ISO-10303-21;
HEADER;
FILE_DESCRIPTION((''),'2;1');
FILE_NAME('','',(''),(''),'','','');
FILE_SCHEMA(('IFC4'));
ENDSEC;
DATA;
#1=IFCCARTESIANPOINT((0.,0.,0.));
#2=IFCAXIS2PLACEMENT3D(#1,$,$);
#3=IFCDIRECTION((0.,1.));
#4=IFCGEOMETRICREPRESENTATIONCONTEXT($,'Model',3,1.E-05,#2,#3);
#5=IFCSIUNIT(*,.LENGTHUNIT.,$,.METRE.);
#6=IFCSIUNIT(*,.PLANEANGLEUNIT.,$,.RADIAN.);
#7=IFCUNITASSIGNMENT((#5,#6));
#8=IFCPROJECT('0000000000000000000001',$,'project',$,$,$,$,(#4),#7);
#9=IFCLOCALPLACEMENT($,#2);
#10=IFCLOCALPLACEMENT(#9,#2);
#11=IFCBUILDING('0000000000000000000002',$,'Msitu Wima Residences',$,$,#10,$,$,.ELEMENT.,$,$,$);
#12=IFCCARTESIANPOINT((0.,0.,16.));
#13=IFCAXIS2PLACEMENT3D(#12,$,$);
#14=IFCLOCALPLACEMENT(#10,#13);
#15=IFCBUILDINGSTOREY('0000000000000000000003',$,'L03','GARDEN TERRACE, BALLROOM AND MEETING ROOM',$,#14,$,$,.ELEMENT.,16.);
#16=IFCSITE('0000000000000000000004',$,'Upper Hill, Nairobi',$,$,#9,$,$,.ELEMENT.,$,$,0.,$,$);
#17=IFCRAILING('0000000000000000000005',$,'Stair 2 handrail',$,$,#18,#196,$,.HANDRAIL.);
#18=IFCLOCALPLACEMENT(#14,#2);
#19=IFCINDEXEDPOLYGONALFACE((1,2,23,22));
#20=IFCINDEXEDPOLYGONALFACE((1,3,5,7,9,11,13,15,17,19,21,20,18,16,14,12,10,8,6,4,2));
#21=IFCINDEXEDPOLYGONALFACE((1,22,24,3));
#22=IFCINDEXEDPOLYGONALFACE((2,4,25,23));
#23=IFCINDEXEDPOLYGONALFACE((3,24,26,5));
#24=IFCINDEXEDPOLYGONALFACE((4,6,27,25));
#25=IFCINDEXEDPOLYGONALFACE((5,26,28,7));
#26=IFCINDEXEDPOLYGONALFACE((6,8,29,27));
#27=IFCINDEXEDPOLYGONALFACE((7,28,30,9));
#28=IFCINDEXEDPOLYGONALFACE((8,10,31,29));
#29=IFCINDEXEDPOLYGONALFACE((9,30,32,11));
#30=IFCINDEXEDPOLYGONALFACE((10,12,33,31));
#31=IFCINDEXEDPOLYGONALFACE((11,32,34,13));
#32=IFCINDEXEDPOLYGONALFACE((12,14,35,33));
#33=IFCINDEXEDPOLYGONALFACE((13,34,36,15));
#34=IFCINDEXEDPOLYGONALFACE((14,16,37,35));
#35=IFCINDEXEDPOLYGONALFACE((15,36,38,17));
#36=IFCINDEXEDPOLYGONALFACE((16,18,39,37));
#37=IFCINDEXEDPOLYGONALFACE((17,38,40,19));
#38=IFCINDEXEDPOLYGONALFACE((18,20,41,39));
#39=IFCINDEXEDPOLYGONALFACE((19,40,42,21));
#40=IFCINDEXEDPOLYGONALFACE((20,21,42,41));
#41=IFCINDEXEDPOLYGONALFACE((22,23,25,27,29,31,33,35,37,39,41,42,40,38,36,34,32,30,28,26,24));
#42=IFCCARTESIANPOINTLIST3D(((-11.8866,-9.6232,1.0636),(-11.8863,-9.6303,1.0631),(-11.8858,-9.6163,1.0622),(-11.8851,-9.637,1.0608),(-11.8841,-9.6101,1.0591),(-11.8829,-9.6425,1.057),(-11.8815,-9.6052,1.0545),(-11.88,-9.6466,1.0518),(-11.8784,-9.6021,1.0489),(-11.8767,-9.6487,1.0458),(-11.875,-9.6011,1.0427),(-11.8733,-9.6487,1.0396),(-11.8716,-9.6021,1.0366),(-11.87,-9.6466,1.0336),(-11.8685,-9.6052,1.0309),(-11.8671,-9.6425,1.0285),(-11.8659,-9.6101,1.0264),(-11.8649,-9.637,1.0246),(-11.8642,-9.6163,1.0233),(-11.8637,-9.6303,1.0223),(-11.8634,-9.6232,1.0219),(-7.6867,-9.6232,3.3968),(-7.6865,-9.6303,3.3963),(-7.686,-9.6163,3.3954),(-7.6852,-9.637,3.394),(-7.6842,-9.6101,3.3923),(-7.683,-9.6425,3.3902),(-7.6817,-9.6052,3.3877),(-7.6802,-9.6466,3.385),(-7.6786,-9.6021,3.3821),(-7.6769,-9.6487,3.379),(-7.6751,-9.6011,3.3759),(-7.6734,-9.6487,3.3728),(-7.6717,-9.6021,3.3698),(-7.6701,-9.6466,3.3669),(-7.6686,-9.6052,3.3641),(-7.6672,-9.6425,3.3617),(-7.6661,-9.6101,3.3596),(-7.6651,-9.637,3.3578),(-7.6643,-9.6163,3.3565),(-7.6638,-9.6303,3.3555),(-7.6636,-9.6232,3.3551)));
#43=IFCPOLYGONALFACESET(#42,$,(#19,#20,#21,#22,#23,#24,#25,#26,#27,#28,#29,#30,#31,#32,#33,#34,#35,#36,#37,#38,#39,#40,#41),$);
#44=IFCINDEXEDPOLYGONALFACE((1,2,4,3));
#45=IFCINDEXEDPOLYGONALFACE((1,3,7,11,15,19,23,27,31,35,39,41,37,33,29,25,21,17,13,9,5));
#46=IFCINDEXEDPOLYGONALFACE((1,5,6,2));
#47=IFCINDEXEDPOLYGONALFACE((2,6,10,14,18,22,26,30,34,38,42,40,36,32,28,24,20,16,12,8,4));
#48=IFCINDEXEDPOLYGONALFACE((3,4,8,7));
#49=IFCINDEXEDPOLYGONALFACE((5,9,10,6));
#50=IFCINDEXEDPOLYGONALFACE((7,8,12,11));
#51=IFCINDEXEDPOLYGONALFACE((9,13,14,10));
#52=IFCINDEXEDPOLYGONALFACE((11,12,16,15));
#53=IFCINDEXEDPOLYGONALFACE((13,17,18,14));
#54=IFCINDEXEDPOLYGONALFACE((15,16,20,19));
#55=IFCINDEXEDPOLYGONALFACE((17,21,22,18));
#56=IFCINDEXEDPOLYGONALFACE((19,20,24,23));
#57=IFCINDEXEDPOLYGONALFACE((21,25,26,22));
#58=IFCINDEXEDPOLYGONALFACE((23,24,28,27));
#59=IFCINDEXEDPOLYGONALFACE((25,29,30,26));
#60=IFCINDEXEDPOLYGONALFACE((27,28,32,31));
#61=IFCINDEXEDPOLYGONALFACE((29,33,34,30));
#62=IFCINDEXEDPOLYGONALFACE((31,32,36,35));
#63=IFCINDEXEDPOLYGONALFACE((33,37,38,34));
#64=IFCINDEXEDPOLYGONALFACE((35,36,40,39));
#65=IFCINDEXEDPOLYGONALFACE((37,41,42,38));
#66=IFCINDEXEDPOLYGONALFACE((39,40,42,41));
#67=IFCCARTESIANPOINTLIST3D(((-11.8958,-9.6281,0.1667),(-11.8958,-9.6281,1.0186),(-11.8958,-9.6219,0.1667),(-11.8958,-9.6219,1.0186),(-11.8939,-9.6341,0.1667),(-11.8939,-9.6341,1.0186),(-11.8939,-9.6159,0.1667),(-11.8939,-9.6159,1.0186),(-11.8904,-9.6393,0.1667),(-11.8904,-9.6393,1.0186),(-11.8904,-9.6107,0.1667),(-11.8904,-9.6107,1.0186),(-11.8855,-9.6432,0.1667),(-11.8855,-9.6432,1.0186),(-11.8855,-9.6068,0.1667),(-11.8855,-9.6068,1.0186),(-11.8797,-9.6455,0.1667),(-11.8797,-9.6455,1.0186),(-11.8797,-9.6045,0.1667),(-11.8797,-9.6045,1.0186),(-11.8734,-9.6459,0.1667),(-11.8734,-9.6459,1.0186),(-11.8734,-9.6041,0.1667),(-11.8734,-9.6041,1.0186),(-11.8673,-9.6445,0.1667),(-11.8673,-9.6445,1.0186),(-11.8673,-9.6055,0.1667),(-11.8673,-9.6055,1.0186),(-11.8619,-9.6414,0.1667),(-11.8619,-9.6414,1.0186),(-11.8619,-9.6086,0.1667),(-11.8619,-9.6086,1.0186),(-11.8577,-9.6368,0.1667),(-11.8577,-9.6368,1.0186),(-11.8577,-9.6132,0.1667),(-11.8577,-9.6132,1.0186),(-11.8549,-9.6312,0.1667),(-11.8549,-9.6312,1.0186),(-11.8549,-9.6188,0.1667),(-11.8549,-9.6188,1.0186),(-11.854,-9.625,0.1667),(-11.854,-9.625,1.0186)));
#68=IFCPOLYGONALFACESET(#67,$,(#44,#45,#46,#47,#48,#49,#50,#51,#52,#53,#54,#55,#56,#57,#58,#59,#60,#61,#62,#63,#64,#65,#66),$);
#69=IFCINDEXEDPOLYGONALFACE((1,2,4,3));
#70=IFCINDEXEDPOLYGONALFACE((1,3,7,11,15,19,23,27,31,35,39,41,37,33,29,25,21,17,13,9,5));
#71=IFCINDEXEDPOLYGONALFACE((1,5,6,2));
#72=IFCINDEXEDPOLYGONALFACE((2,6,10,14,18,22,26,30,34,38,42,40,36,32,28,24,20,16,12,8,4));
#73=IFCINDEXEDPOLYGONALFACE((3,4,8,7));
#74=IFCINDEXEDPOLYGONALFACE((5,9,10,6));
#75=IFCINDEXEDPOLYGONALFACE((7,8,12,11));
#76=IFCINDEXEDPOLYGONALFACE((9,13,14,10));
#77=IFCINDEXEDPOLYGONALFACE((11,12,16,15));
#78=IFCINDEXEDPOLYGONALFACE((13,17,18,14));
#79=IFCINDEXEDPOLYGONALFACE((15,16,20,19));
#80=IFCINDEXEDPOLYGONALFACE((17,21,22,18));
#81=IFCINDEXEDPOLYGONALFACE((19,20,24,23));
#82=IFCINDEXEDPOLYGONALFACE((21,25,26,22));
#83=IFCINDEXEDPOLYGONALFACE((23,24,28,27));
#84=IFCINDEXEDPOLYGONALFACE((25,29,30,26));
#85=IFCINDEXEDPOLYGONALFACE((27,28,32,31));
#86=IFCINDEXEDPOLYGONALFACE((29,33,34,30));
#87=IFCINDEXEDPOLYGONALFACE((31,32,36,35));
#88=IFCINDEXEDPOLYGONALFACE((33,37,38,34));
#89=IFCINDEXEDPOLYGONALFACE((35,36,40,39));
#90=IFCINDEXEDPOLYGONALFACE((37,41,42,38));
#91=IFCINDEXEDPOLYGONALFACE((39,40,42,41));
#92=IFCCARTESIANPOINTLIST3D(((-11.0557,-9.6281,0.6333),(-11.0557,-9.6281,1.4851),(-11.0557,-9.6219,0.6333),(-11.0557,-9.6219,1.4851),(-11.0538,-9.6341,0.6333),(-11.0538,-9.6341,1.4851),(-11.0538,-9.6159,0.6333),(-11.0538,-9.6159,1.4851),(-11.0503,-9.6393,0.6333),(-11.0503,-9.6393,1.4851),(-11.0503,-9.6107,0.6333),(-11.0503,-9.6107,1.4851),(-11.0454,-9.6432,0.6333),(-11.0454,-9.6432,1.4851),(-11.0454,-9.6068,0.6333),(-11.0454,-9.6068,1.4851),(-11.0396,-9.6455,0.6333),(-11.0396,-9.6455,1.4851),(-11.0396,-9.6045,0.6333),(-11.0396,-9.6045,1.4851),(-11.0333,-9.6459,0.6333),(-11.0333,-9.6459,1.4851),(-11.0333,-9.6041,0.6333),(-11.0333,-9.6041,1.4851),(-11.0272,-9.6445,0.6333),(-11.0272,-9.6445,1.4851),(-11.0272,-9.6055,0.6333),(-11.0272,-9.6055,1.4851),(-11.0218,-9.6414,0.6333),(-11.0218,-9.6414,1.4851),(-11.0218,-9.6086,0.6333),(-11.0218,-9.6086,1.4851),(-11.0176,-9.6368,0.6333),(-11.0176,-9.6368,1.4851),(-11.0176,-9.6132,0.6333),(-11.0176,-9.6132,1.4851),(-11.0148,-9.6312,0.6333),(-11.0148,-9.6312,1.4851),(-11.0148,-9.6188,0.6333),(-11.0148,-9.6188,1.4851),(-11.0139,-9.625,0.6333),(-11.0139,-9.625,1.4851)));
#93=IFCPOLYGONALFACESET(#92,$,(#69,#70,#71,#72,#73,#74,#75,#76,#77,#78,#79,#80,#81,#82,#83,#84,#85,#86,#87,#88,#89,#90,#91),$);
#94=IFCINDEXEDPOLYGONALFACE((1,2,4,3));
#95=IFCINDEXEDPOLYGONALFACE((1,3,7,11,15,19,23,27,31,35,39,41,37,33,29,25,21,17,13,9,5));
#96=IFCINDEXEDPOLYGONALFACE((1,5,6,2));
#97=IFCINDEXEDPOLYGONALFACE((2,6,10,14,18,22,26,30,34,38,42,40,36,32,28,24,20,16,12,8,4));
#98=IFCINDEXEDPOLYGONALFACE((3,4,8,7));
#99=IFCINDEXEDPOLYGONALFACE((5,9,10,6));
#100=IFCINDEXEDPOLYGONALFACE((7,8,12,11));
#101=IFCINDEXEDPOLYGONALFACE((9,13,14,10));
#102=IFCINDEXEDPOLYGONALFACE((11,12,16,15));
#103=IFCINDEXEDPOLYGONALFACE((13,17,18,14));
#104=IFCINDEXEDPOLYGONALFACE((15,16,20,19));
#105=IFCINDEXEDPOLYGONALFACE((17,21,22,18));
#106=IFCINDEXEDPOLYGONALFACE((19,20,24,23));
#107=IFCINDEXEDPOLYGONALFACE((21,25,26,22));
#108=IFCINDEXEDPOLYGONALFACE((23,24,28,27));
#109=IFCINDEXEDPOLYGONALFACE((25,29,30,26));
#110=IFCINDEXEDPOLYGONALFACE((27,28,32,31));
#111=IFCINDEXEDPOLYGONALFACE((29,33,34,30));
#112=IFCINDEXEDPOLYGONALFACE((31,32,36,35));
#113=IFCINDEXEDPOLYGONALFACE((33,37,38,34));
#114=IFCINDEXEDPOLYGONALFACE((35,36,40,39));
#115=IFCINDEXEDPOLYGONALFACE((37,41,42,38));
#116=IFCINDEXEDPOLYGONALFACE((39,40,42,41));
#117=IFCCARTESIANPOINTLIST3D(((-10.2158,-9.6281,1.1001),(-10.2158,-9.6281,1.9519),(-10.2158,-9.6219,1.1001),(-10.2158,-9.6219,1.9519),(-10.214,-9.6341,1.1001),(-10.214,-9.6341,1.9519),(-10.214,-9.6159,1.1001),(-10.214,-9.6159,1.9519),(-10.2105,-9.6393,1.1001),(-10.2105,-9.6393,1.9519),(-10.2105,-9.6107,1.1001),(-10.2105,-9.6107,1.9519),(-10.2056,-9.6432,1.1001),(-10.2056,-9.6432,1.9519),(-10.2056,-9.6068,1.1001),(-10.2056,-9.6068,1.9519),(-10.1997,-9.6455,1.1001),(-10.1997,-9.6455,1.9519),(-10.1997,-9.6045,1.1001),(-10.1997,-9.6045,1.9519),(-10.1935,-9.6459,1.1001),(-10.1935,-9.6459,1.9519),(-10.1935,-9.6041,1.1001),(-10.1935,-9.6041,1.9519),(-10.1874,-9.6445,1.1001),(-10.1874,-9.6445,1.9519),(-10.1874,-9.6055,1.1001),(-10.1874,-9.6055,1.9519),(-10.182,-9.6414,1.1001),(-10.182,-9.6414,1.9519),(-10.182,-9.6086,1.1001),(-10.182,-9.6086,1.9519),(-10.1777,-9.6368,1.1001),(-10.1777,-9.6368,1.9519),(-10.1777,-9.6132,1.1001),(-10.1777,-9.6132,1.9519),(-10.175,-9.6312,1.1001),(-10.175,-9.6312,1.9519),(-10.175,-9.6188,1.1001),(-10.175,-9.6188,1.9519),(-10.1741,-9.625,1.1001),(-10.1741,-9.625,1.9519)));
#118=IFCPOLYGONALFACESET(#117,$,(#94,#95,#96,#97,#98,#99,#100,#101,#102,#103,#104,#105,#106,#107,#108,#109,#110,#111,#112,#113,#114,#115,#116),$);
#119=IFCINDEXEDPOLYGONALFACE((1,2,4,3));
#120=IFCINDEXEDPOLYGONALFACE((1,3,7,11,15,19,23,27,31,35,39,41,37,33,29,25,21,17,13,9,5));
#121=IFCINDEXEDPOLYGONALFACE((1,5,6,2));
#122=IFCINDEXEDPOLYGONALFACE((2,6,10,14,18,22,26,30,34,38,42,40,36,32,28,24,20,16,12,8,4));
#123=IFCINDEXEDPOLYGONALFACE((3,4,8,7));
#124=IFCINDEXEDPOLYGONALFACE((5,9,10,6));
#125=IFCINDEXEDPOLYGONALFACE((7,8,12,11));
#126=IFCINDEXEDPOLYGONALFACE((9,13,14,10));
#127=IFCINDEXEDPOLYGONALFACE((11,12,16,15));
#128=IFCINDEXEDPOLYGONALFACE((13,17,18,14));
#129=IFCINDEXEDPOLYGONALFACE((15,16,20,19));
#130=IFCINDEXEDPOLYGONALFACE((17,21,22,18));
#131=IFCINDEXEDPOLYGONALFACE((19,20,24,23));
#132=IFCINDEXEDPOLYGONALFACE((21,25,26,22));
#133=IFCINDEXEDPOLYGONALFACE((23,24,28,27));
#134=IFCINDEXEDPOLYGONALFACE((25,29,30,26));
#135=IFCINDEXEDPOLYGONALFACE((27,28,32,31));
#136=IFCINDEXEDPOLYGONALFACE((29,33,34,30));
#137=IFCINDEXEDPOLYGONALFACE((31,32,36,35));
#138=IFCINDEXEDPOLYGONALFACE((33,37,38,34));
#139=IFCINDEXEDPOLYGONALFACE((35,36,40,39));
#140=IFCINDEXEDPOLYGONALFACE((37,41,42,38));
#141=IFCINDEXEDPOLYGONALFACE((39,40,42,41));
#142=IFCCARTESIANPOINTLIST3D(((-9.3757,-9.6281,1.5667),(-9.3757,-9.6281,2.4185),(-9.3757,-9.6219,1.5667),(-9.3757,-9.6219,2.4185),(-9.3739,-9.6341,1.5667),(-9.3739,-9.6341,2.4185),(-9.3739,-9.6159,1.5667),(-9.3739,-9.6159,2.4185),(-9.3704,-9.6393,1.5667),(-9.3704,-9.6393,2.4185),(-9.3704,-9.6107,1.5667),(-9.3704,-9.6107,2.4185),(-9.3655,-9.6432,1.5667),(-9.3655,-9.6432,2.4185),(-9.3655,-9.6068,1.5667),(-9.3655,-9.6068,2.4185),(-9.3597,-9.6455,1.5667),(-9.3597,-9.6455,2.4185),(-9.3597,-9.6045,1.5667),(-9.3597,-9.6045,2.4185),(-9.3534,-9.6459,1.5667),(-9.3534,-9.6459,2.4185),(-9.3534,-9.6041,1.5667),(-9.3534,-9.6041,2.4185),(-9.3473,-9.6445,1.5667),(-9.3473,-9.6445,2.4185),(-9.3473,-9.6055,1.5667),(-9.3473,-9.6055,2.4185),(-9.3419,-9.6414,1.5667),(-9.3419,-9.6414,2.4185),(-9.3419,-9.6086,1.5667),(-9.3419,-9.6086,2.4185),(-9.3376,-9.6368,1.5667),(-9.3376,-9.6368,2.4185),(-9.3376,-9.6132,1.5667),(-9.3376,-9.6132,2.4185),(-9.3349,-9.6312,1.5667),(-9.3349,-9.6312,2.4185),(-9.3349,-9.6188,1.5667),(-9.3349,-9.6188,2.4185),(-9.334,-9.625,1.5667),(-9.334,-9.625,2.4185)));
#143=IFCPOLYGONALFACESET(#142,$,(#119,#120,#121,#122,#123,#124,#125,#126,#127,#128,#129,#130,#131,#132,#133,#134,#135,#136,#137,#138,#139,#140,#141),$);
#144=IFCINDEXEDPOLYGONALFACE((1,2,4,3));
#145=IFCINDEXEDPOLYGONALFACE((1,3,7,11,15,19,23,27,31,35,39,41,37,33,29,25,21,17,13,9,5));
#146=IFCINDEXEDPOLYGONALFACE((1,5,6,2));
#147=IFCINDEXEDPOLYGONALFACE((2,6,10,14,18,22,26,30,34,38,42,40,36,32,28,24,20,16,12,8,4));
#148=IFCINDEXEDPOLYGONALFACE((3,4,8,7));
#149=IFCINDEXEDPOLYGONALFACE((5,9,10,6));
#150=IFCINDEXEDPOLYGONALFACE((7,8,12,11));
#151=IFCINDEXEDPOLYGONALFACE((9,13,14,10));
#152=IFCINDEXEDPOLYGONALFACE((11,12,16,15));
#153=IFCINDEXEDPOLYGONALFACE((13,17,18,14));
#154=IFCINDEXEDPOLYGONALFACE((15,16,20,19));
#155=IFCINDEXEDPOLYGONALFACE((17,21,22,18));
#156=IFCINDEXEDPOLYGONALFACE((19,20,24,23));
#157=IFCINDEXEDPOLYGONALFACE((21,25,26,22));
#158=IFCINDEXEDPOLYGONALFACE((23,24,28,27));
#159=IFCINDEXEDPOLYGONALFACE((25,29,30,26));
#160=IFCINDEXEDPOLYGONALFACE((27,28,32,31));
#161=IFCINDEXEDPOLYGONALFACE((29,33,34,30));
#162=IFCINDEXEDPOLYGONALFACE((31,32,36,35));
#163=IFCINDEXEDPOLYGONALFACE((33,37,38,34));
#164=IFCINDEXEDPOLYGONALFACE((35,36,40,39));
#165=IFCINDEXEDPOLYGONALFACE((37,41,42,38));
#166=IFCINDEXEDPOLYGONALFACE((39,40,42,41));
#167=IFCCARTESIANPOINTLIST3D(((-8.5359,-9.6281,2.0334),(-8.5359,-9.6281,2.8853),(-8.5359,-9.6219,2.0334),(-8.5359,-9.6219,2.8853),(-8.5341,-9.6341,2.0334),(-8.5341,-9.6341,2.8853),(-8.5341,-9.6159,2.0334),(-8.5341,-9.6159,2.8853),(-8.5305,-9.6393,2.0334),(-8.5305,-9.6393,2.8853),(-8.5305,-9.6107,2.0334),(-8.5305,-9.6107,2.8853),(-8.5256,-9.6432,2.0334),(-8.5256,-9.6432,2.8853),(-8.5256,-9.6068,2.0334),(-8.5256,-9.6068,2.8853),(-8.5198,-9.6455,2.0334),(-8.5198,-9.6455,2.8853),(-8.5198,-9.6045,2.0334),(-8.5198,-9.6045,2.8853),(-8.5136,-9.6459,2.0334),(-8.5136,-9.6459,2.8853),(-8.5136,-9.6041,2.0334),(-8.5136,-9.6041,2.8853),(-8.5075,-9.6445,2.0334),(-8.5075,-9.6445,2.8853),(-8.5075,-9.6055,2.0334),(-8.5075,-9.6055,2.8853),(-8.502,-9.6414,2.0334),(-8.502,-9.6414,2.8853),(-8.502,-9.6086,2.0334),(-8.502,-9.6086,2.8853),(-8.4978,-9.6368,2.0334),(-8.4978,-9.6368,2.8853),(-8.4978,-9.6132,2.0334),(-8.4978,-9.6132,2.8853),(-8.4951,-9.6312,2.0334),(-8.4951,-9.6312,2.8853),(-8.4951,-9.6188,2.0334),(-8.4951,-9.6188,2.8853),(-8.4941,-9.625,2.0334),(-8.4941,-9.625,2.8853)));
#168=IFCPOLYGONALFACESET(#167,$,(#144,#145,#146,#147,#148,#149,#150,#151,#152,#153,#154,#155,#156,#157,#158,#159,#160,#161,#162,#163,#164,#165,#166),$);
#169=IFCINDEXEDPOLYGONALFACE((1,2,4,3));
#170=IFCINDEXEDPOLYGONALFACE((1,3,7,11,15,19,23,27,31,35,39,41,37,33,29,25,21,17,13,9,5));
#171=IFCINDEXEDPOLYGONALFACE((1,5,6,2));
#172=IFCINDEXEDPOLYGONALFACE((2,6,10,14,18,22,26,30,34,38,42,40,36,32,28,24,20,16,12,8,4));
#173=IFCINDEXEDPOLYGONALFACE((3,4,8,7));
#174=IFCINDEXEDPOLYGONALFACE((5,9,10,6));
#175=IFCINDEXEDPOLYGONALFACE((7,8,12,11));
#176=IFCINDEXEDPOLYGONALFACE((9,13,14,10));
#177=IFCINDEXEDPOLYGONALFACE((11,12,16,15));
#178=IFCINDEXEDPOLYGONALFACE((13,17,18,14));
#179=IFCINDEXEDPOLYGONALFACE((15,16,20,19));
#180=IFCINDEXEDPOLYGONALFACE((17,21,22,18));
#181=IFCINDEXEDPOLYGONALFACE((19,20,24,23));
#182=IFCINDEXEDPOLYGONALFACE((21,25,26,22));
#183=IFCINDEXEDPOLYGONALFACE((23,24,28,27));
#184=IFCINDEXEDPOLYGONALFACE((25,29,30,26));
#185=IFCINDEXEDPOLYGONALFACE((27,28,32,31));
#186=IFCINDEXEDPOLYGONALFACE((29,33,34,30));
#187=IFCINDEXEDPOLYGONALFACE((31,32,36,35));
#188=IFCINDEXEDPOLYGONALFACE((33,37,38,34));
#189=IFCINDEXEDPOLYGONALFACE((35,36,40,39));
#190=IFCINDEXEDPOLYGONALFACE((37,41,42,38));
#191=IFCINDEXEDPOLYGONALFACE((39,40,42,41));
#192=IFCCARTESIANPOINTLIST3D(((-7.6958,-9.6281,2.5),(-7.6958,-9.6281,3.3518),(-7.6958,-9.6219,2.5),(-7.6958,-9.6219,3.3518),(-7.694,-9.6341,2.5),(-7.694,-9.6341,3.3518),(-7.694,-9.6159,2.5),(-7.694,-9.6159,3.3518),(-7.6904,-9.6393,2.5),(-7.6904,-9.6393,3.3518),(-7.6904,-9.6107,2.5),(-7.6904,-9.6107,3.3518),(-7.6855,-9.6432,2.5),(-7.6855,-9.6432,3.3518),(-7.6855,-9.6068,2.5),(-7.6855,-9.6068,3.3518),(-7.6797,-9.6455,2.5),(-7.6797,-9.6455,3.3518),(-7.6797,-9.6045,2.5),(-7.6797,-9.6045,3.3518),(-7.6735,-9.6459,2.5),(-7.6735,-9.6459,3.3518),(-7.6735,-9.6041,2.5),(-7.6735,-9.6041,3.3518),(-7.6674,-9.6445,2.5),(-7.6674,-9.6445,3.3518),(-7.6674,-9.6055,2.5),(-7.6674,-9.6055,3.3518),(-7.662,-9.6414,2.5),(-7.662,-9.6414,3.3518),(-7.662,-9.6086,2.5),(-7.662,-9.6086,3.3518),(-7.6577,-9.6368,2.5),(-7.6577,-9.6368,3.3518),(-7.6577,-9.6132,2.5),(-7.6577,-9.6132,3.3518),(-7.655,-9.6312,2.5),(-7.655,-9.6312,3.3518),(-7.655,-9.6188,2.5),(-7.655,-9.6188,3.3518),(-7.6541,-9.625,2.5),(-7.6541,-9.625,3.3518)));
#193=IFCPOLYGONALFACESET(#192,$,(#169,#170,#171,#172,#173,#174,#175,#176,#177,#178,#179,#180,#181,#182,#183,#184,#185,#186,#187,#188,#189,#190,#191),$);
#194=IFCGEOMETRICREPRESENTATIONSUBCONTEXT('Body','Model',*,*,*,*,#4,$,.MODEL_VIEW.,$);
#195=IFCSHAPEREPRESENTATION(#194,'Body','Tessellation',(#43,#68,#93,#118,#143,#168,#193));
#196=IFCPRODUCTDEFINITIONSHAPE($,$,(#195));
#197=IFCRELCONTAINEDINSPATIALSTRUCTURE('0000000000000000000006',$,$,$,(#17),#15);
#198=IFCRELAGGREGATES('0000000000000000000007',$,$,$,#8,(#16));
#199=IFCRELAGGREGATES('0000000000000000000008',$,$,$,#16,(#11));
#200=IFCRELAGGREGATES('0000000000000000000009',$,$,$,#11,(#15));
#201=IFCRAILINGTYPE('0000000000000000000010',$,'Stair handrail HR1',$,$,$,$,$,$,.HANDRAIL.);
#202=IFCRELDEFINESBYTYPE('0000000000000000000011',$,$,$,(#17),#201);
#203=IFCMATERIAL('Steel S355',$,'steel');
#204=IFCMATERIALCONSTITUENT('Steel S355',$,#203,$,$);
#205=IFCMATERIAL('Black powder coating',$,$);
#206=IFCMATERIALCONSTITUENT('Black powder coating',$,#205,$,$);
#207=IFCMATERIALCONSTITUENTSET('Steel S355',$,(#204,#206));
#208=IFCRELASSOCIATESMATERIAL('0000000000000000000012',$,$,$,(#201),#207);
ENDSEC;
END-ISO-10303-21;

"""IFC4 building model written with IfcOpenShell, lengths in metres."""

from ifc_helpers import new_model, si_unit, direction, frame, origin, origin_2d, place, context, subcontext, project, spatial, circle, extrude, material, constituent, constituent_set, type_object, element, save


model = new_model("IFC4")

# Units and contexts
model_context = context("Model", 3, precision=1e-05, world=origin(), true_north=direction((0.0, 1.0)))
body_context = subcontext(model_context, "Body", "Model", "MODEL_VIEW")
ifc_project = project(units=[si_unit("LENGTHUNIT", "METRE"), si_unit("PLANEANGLEUNIT", "RADIAN")], contexts=[model_context])

# Site, building, storey
site_placement = place(None, origin())
site = spatial("IfcSite", under=ifc_project, at=site_placement, Name="Upper Hill, Nairobi", CompositionType="ELEMENT", RefElevation=0.0)
building_placement = place(site_placement, origin())
building = spatial("IfcBuilding", under=site, at=building_placement, Name="Msitu Wima Residences", CompositionType="ELEMENT")
storey_placement = place(building_placement, frame((0.0, 0.0, 16.0)))
storey = spatial("IfcBuildingStorey", under=building, at=storey_placement, Name="L03", Description="GARDEN TERRACE, BALLROOM AND MEETING ROOM", CompositionType="ELEMENT", Elevation=16.0)

# Railing
ifc_material_1 = material(Name="Steel S355", Category="steel")
ifc_constituent_1 = constituent(ifc_material_1, Name="Steel S355")
ifc_material_2 = material(Name="Black powder coating")
ifc_constituent_2 = constituent(ifc_material_2, Name="Black powder coating")
ifc_constituent_set = constituent_set(constituents=[ifc_constituent_1, ifc_constituent_2], Name="Steel S355")
railing_type = type_object("IfcRailingType", Name="Stair handrail HR1", PredefinedType="HANDRAIL", material=ifc_constituent_set)
for number, where, name in (
    (1, (-11.875, -9.625, 0.1667), "Stair 2 handrail"),
):
    element("IfcRailing", number, at=place(storey_placement, frame(where)), inside=storey, type_object=railing_type, Name=name, PredefinedType="HANDRAIL", context=body_context, shape_type="SweptSolid", body=[
        extrude(circle(Radius=0.0239, at=origin_2d()), frame((0.0, 0.0, 0.876), z_axis=(0.874162, 0.0, 0.485634), x_axis=(0.0, 1.0, 0.0)), (0.0, 0.0, 1.0), 4.8044),
        extrude(circle(Radius=0.021, at=origin_2d()), origin(), (0.0, 0.0, 1.0), 0.8518),
        extrude(circle(Radius=0.021, at=origin_2d()), frame((0.8401, 0.0, 0.4666)), (0.0, 0.0, 1.0), 0.8518),
        extrude(circle(Radius=0.021, at=origin_2d()), frame((1.6799, 0.0, 0.9333)), (0.0, 0.0, 1.0), 0.8518),
        extrude(circle(Radius=0.021, at=origin_2d()), frame((2.52, 0.0, 1.3999)), (0.0, 0.0, 1.0), 0.8518),
        extrude(circle(Radius=0.021, at=origin_2d()), frame((3.3599, 0.0, 1.8667)), (0.0, 0.0, 1.0), 0.8518),
        extrude(circle(Radius=0.021, at=origin_2d()), frame((4.2, 0.0, 2.3333)), (0.0, 0.0, 1.0), 0.8518),
    ])

save(model, "model.ifc")
